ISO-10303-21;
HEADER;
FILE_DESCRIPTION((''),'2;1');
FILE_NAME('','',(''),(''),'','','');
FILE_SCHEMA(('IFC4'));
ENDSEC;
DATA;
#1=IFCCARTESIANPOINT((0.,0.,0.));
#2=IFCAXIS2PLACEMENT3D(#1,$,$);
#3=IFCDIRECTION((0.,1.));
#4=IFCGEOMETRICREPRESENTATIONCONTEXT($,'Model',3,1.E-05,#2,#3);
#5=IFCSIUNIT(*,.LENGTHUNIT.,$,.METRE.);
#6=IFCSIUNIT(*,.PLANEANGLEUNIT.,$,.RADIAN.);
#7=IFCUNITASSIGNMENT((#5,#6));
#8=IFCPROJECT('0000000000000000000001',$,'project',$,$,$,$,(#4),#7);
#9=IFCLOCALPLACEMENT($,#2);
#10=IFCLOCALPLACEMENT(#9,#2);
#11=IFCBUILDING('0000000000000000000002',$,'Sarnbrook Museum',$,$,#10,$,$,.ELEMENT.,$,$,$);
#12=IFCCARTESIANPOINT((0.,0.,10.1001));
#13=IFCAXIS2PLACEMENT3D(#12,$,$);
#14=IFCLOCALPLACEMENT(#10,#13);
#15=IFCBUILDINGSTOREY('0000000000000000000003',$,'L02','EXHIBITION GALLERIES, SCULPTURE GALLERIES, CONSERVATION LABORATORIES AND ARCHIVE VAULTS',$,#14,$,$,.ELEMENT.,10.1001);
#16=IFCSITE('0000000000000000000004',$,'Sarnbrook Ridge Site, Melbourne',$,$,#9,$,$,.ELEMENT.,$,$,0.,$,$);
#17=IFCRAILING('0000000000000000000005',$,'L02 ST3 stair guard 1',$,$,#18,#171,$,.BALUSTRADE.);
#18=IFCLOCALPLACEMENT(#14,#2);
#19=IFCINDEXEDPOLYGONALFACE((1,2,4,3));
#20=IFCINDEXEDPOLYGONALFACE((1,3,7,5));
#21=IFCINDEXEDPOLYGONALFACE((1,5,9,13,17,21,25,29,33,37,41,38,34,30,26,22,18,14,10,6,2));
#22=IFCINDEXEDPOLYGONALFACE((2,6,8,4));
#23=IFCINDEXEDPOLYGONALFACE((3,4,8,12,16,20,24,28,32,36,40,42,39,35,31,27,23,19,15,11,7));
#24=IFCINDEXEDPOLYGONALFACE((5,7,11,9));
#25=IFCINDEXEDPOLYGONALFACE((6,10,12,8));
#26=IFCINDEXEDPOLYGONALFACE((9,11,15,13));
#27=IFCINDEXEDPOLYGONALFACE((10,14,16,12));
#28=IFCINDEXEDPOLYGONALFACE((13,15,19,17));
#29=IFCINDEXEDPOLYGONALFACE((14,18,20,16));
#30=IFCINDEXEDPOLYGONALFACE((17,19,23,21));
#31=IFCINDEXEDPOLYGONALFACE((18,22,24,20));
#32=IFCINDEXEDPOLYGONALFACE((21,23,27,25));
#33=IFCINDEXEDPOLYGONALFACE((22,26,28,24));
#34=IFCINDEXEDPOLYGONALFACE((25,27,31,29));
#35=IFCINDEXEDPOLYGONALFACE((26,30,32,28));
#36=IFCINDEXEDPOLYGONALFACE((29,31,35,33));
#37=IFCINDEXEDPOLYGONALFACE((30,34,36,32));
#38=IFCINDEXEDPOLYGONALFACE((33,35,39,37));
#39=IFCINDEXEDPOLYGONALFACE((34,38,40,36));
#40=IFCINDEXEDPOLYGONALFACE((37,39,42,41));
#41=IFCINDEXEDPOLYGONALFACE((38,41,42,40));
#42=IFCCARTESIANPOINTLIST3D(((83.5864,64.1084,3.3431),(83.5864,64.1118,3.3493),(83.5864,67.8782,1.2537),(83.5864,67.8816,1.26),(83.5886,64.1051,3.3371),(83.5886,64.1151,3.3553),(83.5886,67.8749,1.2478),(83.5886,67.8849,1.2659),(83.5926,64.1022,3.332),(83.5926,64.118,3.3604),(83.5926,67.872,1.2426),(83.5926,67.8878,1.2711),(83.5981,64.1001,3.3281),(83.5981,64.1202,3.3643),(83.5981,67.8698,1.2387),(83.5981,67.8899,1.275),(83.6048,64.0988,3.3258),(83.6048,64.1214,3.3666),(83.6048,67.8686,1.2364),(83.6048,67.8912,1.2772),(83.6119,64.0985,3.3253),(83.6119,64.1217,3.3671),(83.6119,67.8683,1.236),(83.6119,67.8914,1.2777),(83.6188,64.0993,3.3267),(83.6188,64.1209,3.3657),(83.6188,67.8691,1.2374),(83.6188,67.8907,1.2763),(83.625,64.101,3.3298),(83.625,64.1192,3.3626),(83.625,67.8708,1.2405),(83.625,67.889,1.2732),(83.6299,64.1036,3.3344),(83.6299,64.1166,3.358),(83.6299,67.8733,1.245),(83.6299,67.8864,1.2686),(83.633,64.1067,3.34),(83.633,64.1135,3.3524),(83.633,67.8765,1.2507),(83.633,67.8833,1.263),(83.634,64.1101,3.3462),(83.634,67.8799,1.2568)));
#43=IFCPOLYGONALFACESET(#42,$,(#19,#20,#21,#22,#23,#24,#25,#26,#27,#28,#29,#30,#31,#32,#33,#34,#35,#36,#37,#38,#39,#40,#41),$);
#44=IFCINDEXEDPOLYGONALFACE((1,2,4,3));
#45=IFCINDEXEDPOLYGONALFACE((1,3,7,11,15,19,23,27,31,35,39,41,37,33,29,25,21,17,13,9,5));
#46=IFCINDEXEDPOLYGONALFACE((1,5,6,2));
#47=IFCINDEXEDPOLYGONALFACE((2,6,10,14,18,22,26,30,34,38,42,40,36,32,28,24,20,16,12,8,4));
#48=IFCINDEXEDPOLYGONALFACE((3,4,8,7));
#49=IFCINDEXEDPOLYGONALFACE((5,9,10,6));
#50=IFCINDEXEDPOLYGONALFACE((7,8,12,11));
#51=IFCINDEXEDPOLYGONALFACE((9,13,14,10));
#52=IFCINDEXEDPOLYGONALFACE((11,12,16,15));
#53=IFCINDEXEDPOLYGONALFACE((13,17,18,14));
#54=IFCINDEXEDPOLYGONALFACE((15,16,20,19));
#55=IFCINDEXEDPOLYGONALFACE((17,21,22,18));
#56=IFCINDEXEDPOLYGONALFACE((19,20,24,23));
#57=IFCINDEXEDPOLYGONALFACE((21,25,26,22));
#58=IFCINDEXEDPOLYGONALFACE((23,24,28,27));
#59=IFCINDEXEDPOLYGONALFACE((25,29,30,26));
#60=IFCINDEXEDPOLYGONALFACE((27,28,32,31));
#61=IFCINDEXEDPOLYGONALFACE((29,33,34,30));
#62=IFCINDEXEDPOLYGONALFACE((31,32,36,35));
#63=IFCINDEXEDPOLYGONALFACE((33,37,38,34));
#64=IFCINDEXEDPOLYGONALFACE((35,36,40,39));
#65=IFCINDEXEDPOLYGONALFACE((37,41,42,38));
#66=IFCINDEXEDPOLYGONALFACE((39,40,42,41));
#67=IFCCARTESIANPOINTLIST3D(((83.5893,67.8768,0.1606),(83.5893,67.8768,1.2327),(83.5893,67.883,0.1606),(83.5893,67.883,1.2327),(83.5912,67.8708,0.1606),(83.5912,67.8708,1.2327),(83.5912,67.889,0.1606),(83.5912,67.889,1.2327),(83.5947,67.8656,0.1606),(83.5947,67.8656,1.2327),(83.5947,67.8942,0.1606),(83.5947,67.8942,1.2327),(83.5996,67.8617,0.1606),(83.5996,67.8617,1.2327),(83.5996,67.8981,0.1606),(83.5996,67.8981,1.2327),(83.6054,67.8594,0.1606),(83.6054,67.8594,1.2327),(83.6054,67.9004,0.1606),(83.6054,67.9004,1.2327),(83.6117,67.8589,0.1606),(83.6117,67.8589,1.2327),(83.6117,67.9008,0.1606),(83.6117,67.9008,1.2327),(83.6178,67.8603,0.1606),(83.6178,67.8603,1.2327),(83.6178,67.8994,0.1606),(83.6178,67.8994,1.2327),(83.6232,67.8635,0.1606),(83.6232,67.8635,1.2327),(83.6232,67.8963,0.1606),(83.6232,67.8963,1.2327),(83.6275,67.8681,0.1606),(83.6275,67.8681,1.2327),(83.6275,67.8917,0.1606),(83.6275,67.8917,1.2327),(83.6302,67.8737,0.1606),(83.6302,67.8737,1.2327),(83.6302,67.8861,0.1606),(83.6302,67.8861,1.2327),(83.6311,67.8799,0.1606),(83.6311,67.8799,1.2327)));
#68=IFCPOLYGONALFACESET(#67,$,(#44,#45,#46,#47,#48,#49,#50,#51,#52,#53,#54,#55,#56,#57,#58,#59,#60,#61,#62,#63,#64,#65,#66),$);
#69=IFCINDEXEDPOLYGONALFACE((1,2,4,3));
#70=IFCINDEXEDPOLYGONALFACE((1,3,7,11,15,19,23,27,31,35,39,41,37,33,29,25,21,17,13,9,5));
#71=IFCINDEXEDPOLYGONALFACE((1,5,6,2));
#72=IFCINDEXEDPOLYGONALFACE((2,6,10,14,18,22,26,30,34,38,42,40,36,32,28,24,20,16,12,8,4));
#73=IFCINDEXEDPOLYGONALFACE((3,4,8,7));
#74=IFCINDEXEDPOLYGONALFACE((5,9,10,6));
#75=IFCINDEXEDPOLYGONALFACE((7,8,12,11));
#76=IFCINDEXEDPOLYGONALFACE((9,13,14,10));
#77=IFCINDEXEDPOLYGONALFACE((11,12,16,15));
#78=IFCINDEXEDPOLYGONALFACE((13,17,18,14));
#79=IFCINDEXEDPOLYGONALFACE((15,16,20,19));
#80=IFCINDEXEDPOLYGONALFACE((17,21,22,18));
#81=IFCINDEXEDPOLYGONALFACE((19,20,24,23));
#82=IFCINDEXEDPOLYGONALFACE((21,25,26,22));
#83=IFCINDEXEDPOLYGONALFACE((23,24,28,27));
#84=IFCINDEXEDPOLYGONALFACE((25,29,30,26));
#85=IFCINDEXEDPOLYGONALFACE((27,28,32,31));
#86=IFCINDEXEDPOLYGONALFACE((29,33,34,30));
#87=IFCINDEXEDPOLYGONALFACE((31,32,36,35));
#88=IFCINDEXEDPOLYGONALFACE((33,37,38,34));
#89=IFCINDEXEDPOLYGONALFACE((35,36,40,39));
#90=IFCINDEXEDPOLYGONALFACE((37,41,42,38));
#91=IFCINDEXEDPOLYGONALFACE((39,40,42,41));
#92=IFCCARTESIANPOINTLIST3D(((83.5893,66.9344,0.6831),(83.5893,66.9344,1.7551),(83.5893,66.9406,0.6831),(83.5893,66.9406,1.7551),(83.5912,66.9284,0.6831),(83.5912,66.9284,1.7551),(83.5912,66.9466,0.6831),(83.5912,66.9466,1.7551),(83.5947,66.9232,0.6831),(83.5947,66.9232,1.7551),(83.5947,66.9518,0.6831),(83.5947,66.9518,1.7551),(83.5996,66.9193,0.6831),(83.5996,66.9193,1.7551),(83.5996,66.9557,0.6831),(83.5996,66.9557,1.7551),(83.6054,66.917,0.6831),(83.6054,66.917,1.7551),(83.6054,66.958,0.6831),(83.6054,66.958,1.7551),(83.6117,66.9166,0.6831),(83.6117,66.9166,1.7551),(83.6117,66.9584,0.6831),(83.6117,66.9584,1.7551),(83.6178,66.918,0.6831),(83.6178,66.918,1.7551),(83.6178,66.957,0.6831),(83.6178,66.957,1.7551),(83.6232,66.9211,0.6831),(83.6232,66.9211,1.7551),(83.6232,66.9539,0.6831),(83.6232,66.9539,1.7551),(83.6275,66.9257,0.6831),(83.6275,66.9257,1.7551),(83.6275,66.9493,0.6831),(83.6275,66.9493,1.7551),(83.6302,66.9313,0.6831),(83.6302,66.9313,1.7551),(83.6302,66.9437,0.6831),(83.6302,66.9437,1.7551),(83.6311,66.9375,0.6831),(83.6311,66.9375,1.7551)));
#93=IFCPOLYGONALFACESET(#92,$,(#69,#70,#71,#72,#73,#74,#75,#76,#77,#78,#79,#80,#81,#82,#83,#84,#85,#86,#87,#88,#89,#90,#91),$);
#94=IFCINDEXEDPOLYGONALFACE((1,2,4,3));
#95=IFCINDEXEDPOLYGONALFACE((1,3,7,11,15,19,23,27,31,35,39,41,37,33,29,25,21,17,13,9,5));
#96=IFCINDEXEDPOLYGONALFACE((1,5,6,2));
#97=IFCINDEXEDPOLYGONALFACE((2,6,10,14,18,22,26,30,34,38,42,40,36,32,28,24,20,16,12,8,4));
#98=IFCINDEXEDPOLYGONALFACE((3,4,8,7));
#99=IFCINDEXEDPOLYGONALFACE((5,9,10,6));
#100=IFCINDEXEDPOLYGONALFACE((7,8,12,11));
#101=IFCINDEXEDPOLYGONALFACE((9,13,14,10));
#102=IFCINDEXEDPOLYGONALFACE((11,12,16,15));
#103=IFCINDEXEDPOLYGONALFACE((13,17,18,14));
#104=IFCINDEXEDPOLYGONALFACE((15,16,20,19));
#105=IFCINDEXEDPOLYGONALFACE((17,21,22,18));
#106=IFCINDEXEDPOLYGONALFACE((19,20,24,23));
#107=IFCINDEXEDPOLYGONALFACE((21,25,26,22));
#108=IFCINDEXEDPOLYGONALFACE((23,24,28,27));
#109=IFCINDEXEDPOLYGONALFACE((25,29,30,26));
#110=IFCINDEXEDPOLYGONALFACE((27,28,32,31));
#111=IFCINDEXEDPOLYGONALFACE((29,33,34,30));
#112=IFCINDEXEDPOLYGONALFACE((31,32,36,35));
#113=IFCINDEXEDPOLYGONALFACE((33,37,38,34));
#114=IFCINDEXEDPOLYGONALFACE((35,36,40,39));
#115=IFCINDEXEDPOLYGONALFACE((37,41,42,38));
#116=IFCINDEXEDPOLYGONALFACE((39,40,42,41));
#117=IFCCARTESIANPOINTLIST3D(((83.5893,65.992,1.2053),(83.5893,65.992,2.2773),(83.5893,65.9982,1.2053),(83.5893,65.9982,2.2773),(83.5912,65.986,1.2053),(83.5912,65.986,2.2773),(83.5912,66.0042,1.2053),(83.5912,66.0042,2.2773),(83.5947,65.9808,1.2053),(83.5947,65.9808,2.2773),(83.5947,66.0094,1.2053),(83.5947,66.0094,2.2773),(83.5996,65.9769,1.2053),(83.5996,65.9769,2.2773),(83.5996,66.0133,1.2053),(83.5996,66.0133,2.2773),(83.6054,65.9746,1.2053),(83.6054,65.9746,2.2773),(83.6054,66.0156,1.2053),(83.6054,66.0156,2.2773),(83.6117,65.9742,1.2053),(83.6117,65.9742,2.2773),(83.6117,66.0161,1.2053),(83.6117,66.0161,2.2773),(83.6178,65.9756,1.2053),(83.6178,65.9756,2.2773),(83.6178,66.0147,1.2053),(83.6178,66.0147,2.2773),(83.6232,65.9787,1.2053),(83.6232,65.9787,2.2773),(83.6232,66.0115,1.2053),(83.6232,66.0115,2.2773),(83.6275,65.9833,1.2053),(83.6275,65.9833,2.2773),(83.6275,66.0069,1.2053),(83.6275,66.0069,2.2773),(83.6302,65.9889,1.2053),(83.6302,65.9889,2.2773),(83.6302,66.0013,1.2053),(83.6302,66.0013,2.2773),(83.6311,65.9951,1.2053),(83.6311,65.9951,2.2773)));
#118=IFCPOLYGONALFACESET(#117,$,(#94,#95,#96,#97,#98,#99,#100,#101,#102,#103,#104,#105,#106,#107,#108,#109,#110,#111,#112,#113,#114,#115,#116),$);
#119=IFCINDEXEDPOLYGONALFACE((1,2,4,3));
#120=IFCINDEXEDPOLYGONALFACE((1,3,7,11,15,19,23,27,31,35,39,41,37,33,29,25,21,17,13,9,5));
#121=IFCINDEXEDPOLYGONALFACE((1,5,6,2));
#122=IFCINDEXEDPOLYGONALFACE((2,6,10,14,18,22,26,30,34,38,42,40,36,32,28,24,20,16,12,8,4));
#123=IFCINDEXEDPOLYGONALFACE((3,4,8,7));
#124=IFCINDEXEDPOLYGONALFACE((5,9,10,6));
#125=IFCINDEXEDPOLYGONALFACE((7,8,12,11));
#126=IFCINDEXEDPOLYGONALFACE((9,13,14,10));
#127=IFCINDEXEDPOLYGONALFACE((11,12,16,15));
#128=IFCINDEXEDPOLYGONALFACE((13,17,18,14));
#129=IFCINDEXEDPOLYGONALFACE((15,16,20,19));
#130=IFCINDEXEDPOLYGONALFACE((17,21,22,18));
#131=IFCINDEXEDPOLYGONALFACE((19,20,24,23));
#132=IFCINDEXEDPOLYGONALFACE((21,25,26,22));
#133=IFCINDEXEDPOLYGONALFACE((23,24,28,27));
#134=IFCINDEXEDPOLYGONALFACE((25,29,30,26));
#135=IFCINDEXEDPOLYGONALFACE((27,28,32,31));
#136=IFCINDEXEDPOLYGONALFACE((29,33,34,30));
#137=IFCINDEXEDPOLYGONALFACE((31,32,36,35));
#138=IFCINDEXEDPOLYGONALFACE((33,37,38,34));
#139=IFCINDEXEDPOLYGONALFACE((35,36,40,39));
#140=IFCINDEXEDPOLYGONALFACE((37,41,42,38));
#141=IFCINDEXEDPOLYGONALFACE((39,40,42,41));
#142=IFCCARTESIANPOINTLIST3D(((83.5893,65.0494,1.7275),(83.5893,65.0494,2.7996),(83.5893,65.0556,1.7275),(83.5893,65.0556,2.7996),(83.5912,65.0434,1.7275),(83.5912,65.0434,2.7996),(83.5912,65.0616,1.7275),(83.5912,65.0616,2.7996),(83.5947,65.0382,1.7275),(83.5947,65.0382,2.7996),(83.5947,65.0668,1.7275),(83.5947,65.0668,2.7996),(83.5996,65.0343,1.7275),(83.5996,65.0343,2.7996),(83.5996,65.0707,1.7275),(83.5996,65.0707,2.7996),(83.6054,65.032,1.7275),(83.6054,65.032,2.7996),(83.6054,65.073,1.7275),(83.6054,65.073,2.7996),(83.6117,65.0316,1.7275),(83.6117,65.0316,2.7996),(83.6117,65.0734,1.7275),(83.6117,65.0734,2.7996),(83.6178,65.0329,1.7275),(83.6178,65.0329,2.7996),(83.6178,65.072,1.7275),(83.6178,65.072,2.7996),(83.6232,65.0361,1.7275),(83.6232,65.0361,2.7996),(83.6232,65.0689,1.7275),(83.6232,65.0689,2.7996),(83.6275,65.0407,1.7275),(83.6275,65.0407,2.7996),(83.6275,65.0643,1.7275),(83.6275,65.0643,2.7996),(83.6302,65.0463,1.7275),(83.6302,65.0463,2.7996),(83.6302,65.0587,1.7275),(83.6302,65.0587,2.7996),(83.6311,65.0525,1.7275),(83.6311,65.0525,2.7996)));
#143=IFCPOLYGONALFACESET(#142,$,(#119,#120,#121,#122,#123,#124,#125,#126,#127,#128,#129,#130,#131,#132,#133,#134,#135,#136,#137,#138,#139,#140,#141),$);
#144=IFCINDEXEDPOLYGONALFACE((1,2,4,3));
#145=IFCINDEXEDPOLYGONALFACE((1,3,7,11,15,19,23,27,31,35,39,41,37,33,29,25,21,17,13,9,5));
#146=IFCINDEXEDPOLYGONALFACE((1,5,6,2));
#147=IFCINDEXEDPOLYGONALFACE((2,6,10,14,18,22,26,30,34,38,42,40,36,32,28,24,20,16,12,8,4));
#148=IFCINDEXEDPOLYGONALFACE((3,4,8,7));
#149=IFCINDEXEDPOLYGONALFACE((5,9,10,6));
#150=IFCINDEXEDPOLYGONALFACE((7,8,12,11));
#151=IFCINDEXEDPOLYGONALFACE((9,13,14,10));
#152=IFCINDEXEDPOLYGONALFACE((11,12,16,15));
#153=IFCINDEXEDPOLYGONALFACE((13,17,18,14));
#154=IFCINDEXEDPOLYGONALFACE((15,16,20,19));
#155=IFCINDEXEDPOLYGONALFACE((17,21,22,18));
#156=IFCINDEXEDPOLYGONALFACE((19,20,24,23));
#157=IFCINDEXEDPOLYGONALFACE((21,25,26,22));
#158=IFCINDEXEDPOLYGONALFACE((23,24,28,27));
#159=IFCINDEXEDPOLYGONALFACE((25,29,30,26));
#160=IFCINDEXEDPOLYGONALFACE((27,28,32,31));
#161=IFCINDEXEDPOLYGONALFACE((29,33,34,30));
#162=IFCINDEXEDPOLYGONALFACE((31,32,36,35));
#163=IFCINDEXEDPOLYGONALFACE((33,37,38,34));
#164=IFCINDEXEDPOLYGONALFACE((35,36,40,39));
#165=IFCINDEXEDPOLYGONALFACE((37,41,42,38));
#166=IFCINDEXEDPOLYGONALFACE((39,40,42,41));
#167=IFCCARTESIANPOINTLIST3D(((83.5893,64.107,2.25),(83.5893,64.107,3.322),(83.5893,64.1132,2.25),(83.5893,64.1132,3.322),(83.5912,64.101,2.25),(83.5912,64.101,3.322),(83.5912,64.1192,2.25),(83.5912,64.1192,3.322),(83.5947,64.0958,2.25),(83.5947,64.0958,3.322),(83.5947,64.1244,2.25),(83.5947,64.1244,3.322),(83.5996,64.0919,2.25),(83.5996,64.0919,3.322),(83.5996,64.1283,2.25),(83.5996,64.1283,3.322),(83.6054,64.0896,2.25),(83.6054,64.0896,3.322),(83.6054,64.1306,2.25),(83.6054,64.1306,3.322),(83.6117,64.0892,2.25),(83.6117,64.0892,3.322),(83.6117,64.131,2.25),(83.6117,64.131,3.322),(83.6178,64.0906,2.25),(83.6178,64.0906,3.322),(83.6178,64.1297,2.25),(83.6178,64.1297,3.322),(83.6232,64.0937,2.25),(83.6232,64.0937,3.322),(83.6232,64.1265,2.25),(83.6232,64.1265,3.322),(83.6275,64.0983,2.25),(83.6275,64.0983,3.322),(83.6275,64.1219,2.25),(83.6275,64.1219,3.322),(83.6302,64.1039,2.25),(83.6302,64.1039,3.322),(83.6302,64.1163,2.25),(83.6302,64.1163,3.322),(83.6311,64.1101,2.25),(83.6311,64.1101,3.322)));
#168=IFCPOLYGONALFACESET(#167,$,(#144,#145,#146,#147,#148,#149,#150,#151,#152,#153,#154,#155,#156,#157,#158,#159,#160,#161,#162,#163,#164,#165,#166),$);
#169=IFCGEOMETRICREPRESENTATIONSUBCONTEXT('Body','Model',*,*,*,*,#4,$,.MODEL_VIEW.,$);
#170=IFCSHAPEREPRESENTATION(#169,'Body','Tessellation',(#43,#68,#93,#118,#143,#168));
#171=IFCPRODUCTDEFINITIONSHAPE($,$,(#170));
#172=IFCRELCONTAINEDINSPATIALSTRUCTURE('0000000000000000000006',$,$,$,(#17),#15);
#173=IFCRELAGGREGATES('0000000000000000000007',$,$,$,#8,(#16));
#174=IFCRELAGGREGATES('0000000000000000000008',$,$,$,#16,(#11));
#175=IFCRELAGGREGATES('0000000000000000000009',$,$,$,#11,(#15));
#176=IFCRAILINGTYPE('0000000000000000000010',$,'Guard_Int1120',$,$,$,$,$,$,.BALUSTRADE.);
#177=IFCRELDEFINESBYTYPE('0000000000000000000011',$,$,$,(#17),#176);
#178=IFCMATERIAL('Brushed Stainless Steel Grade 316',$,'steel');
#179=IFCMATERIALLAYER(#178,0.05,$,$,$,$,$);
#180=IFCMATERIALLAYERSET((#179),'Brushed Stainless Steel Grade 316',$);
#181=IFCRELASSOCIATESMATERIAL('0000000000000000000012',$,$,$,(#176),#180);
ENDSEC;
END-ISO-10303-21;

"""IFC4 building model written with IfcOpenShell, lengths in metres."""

from ifc_helpers import new_model, si_unit, direction, frame, origin, origin_2d, place, context, subcontext, project, spatial, circle, extrude, material, layer, layer_set, type_object, element, save


model = new_model("IFC4")

# Units and contexts
model_context = context("Model", 3, precision=1e-05, world=origin(), true_north=direction((0.0, 1.0)))
body_context = subcontext(model_context, "Body", "Model", "MODEL_VIEW")
ifc_project = project(units=[si_unit("LENGTHUNIT", "METRE"), si_unit("PLANEANGLEUNIT", "RADIAN")], contexts=[model_context])

# Site, building, storey
site_placement = place(None, origin())
site = spatial("IfcSite", under=ifc_project, at=site_placement, Name="Sarnbrook Ridge Site, Melbourne", CompositionType="ELEMENT", RefElevation=0.0)
building_placement = place(site_placement, origin())
building = spatial("IfcBuilding", under=site, at=building_placement, Name="Sarnbrook Museum", CompositionType="ELEMENT")
storey_placement = place(building_placement, frame((0.0, 0.0, 10.1001)))
storey = spatial("IfcBuildingStorey", under=building, at=storey_placement, Name="L02", Description="EXHIBITION GALLERIES, SCULPTURE GALLERIES, CONSERVATION LABORATORIES AND ARCHIVE VAULTS", CompositionType="ELEMENT", Elevation=10.1001)

# Railing
ifc_material_1 = material(Name="Brushed Stainless Steel Grade 316", Category="steel")
ifc_layer_1 = layer(ifc_material_1, 0.05)
ifc_layer_set_1 = layer_set([ifc_layer_1], Name="Brushed Stainless Steel Grade 316")
railing_type_1 = type_object("IfcRailingType", Name="Guard_Int1120", PredefinedType="BALUSTRADE", material=ifc_layer_set_1)
railing_1_placement = place(storey_placement, frame((83.6101, 67.8799, 0.1606)))
element("IfcRailing", 1, at=railing_1_placement, inside=storey, type_object=railing_type_1, Name="L02 ST3 stair guard 1", PredefinedType="BALUSTRADE", context=body_context, shape_type="SweptSolid", body=[
    extrude(circle(Radius=0.0239, at=origin_2d()), frame((0.0, 0.0, 1.0962), z_axis=(0.0, -0.874646, 0.484763), x_axis=(1.0, 0.0, 0.0)), (0.0, 0.0, 1.0), 4.3101),
    extrude(circle(Radius=0.021, at=origin_2d()), origin(), (0.0, 0.0, 1.0), 1.072),
    extrude(circle(Radius=0.021, at=origin_2d()), frame((0.0, -0.9424, 0.5225)), (0.0, 0.0, 1.0), 1.072),
    extrude(circle(Radius=0.021, at=origin_2d()), frame((0.0, -1.8848, 1.0447)), (0.0, 0.0, 1.0), 1.072),
    extrude(circle(Radius=0.021, at=origin_2d()), frame((0.0, -2.8274, 1.5669)), (0.0, 0.0, 1.0), 1.072),
    extrude(circle(Radius=0.021, at=origin_2d()), frame((0.0, -3.7698, 2.0894)), (0.0, 0.0, 1.0), 1.072),
])

save(model, "model.ifc")
